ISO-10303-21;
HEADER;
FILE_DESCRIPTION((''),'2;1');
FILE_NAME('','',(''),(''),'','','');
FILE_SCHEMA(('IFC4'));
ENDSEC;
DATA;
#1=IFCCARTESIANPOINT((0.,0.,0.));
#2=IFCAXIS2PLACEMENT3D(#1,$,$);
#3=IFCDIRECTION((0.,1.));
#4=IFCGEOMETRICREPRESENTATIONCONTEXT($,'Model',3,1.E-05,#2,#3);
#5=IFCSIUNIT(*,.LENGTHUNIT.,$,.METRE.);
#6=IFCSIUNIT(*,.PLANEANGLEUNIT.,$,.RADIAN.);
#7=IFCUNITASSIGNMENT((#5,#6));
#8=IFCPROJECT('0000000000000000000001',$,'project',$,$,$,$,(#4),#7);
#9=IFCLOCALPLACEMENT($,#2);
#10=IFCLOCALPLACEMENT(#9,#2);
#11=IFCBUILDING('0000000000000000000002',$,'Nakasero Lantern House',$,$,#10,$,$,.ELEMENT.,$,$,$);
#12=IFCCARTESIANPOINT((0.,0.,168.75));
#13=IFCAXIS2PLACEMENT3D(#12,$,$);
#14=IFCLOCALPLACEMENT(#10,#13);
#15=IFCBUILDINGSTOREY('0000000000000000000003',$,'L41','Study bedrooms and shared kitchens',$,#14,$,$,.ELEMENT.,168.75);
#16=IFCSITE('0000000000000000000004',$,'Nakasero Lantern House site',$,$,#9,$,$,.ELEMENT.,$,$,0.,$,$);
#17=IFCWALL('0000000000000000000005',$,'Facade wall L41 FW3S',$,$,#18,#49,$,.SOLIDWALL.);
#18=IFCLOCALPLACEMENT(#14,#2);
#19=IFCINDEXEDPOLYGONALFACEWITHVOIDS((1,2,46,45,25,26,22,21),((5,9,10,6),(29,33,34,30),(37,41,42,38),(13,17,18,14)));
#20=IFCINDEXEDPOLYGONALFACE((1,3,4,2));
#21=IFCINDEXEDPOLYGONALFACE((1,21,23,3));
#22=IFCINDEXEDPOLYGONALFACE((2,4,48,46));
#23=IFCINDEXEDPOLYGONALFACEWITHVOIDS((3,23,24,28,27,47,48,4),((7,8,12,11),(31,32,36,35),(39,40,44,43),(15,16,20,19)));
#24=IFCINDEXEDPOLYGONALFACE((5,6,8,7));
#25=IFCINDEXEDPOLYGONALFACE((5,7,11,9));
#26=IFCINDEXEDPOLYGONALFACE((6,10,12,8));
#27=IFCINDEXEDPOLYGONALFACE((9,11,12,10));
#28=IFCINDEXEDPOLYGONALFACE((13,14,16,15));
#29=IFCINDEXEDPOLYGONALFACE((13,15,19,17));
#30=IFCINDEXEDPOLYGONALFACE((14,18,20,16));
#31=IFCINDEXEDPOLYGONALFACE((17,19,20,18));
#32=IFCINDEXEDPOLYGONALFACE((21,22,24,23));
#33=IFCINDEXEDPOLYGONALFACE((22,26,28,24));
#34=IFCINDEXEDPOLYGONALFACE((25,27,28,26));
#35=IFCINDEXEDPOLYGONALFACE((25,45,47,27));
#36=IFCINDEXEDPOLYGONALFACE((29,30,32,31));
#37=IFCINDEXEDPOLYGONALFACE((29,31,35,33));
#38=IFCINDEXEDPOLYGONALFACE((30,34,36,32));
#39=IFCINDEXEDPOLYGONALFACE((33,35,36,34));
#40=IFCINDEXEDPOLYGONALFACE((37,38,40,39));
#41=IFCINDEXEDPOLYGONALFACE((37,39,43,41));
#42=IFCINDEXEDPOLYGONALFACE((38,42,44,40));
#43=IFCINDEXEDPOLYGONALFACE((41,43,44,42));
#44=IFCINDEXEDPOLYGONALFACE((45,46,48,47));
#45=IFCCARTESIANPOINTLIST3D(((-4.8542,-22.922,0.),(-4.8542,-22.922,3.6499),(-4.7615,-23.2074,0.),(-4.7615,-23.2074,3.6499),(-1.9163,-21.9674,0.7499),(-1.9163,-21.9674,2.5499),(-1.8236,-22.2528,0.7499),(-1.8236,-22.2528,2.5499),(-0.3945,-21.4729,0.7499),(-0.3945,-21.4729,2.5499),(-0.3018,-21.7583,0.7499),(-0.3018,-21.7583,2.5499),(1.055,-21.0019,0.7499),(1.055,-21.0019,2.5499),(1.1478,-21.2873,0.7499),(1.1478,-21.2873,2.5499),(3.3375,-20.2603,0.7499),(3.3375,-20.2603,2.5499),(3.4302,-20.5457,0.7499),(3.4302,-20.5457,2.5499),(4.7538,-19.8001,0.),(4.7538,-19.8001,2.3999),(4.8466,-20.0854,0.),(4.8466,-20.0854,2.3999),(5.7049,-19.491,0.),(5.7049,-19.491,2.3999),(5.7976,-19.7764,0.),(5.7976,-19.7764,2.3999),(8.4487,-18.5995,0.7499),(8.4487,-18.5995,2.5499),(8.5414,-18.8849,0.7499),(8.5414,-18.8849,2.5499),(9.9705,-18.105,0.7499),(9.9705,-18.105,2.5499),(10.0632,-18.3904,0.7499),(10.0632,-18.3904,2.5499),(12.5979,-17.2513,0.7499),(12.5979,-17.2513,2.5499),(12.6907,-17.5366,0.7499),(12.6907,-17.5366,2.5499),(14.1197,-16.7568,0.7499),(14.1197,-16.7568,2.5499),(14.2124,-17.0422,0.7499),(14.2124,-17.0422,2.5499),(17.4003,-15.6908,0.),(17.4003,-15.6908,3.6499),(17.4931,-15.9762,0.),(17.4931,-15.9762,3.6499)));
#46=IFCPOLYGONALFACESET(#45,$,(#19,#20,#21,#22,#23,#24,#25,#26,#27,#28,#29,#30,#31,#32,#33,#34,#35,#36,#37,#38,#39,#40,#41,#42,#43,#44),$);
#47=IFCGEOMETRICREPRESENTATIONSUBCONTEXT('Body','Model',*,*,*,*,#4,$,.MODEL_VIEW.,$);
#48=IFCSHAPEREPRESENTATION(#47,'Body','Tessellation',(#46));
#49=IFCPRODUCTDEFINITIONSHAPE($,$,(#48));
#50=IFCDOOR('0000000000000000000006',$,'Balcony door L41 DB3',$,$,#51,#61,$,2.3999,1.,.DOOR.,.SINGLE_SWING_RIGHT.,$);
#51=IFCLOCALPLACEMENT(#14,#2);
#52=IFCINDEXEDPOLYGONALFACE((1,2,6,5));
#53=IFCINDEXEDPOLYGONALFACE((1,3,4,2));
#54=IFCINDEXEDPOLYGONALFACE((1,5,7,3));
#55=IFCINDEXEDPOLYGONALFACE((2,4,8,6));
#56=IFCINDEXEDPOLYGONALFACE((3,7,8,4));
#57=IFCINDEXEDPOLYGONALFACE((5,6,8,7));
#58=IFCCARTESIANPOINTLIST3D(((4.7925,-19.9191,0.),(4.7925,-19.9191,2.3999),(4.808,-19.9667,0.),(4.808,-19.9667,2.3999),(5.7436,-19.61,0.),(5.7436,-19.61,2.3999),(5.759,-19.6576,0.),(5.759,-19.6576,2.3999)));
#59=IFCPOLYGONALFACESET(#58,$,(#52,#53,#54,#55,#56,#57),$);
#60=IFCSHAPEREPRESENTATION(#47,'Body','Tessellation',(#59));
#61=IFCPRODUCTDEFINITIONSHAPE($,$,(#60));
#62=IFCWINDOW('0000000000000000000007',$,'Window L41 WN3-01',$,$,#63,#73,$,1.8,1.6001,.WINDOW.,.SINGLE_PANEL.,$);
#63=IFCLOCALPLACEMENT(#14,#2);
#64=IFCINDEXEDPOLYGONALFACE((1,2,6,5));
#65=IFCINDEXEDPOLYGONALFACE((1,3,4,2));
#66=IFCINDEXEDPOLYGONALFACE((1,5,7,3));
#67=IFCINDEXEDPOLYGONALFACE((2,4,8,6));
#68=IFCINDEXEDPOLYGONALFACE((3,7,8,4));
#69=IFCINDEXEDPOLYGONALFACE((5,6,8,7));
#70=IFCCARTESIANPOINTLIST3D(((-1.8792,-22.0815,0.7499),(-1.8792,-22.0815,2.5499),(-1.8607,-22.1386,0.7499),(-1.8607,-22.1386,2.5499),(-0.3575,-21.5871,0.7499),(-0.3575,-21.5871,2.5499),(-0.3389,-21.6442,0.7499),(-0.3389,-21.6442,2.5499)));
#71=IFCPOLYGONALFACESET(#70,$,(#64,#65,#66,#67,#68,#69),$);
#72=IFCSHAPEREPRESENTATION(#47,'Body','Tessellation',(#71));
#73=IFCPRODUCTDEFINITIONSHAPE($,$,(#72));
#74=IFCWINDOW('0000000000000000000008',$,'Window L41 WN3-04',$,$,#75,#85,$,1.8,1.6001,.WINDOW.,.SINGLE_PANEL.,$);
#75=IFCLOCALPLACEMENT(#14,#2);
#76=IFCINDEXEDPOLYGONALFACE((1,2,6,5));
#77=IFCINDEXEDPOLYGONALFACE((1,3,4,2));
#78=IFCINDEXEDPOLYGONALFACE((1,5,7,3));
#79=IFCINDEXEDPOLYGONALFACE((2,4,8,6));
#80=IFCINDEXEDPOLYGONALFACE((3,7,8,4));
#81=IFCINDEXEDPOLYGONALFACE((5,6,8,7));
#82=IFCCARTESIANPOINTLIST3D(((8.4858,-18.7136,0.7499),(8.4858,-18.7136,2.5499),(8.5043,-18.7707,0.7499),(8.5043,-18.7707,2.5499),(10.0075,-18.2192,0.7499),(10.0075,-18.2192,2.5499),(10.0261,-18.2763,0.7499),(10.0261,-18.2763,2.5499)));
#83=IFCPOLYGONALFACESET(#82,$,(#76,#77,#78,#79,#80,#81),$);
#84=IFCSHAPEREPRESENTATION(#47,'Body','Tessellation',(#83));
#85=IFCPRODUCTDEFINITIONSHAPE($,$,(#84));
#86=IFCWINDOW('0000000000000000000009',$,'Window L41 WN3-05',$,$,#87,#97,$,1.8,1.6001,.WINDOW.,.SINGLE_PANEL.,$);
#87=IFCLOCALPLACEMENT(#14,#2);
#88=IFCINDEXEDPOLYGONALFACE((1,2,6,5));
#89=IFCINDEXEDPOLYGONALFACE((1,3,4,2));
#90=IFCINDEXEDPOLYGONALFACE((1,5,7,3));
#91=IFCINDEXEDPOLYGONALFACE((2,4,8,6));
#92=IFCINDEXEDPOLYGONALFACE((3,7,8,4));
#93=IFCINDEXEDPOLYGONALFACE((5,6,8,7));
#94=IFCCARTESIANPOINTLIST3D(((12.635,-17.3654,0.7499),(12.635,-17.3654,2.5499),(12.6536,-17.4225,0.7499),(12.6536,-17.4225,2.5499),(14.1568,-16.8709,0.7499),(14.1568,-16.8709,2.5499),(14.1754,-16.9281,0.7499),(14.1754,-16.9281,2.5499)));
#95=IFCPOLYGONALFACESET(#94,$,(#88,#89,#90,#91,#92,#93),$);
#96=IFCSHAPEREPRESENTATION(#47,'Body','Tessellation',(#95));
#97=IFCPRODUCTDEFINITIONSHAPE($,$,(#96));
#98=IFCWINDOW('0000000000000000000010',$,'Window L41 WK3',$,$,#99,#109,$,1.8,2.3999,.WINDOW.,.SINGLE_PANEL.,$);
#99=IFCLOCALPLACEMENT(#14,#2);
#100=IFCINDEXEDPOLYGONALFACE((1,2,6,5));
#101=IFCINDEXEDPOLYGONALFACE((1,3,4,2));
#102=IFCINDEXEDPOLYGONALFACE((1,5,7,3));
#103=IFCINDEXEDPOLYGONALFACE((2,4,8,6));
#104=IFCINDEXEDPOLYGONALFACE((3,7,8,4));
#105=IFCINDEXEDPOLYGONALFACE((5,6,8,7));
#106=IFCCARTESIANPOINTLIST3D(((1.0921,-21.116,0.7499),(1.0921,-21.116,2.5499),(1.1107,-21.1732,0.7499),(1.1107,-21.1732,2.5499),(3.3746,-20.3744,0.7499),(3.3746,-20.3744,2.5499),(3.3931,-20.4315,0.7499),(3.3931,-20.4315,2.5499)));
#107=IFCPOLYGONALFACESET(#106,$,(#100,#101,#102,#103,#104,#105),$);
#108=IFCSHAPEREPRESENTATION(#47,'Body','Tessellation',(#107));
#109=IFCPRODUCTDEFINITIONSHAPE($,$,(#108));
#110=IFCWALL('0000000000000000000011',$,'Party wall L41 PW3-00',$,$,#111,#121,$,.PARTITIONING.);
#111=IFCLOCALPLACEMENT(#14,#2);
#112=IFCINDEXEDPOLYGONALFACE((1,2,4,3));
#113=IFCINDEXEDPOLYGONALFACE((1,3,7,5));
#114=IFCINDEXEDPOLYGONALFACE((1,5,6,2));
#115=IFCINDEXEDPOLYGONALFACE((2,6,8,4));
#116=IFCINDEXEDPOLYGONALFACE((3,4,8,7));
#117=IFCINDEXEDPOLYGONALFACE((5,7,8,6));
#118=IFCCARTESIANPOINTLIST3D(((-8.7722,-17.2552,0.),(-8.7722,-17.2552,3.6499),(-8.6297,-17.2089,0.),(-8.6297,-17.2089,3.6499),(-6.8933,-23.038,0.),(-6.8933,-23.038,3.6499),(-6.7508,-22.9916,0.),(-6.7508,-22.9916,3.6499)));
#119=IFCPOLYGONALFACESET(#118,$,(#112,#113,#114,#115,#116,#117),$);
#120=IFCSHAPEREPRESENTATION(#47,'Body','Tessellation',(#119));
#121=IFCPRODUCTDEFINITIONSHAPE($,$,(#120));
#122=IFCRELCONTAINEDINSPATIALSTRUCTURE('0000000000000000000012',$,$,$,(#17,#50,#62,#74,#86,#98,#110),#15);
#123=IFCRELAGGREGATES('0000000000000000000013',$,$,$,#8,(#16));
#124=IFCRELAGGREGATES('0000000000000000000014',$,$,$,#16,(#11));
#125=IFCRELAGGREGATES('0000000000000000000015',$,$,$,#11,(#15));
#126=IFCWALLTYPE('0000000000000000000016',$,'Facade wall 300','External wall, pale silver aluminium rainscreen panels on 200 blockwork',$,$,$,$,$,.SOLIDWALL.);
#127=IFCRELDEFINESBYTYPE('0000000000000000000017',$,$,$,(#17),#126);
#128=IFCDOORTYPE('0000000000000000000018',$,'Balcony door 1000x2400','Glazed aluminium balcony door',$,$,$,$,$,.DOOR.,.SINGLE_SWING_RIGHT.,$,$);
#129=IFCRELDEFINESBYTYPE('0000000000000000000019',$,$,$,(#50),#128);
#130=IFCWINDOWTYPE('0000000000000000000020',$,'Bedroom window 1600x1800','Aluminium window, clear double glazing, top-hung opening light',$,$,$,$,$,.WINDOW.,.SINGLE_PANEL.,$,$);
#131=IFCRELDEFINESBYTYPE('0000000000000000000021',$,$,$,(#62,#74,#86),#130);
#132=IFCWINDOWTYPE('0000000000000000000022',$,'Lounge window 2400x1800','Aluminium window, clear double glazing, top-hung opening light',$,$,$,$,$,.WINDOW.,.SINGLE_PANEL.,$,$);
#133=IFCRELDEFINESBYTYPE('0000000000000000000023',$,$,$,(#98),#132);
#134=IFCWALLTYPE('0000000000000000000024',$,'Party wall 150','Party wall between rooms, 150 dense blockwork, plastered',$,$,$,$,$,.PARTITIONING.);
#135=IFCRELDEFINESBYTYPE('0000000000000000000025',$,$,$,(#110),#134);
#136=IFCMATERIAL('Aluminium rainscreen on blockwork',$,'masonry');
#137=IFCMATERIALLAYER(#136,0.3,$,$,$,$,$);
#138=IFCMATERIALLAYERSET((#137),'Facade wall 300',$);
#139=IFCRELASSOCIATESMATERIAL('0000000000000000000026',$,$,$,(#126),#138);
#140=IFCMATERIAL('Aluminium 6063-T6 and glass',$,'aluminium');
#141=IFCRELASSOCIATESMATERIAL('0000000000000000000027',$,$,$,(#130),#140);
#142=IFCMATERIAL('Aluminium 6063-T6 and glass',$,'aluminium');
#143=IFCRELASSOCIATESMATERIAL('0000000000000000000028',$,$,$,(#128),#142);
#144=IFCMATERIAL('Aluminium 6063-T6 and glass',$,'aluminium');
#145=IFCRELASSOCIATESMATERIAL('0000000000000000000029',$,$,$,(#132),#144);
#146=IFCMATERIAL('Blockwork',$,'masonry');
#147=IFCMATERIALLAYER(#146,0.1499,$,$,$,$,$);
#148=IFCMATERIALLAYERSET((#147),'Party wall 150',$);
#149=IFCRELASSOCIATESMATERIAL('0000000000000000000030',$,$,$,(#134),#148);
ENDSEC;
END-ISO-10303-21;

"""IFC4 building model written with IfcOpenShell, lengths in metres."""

from ifc_helpers import new_model, si_unit, direction, frame, frame_2d, origin, place, context, subcontext, project, spatial, rectangle, extrude, material, layer, layer_set, type_object, element, fill, save


model = new_model("IFC4")

# Units and contexts
model_context = context("Model", 3, precision=1e-05, world=origin(), true_north=direction((0.0, 1.0)))
body_context = subcontext(model_context, "Body", "Model", "MODEL_VIEW")
ifc_project = project(units=[si_unit("LENGTHUNIT", "METRE"), si_unit("PLANEANGLEUNIT", "RADIAN")], contexts=[model_context])

# Site, building, storey
site_placement = place(None, origin())
site = spatial("IfcSite", under=ifc_project, at=site_placement, Name="Nakasero Lantern House site", CompositionType="ELEMENT", RefElevation=0.0)
building_placement = place(site_placement, origin())
building = spatial("IfcBuilding", under=site, at=building_placement, Name="Nakasero Lantern House", CompositionType="ELEMENT")
storey_placement = place(building_placement, frame((0.0, 0.0, 168.75)))
storey = spatial("IfcBuildingStorey", under=building, at=storey_placement, Name="L41", Description="Study bedrooms and shared kitchens", CompositionType="ELEMENT", Elevation=168.75)

# Shared definitions
ifc_material_1 = material(Name="Aluminium rainscreen on blockwork", Category="masonry")
ifc_layer_1 = layer(ifc_material_1, 0.3)
ifc_layer_set_1 = layer_set([ifc_layer_1], Name="Facade wall 300")
wall_type_1 = type_object("IfcWallType", Name="Facade wall 300", Description="External wall, pale silver aluminium rainscreen panels on 200 blockwork", PredefinedType="SOLIDWALL", material=ifc_layer_set_1)
ifc_material_2 = material(Name="Aluminium 6063-T6 and glass", Category="aluminium")
window_type_1 = type_object("IfcWindowType", Name="Bedroom window 1600x1800", Description="Aluminium window, clear double glazing, top-hung opening light", PartitioningType="SINGLE_PANEL", PredefinedType="WINDOW", material=ifc_material_2)

# Wall, openings, door, windows
wall_1_placement = place(storey_placement, frame((-4.8079, -23.0647, 0.0), z_axis=(0.0, 0.0, 1.0), x_axis=(0.951054, 0.309026, 0.0)))
wall_1 = element("IfcWall", 1, at=wall_1_placement, inside=storey, type_object=wall_type_1, Name="Facade wall L41 FW3S", PredefinedType="SOLIDWALL", context=body_context, shape_type="SweptSolid", body=[
    extrude(rectangle(XDim=23.3999, YDim=0.3, at=frame_2d((11.7, 0.0))), origin(), (0.0, 0.0, 1.0), 3.6499),
])
opening_1_placement = place(wall_1_placement, frame((3.0891, 0.0, 0.75)))
opening_1 = element("IfcOpeningElement", 2, at=opening_1_placement, cuts=wall_1, PredefinedType="OPENING", context=body_context, shape_type="SweptSolid", body=[
    extrude(rectangle(XDim=1.6001, YDim=1.8, at=frame_2d((0.8, 0.8999))), frame((0.0, 0.1699, 0.0), z_axis=(0.0, -1.0, 0.0), x_axis=(1.0, 0.0, 0.0)), (0.0, 0.0, 1.0), 0.3401),
])
opening_2_placement = place(wall_1_placement, frame((13.9875, 0.0, 0.75)))
opening_2 = element("IfcOpeningElement", 3, at=opening_2_placement, cuts=wall_1, PredefinedType="OPENING", context=body_context, shape_type="SweptSolid", body=[
    extrude(rectangle(XDim=1.6001, YDim=1.8, at=frame_2d((0.8, 0.8999))), frame((0.0, 0.1699, 0.0), z_axis=(0.0, -1.0, 0.0), x_axis=(1.0, 0.0, 0.0)), (0.0, 0.0, 1.0), 0.3401),
])
opening_3_placement = place(wall_1_placement, frame((18.3503, 0.0, 0.75)))
opening_3 = element("IfcOpeningElement", 4, at=opening_3_placement, cuts=wall_1, PredefinedType="OPENING", context=body_context, shape_type="SweptSolid", body=[
    extrude(rectangle(XDim=1.6001, YDim=1.8, at=frame_2d((0.8, 0.8999))), frame((0.0, 0.1699, 0.0), z_axis=(0.0, -1.0, 0.0), x_axis=(1.0, 0.0, 0.0)), (0.0, 0.0, 1.0), 0.3401),
])
opening_4_placement = place(wall_1_placement, frame((6.2134, 0.0, 0.75)))
opening_4 = element("IfcOpeningElement", 5, at=opening_4_placement, cuts=wall_1, PredefinedType="OPENING", context=body_context, shape_type="SweptSolid", body=[
    extrude(rectangle(XDim=2.3999, YDim=1.8, at=frame_2d((1.2, 0.8999))), frame((0.0, 0.1699, 0.0), z_axis=(0.0, -1.0, 0.0), x_axis=(1.0, 0.0, 0.0)), (0.0, 0.0, 1.0), 0.3401),
])
opening_5_placement = place(wall_1_placement, frame((10.1025, 0.0, 0.0)))
opening_5 = element("IfcOpeningElement", 6, at=opening_5_placement, cuts=wall_1, PredefinedType="OPENING", context=body_context, shape_type="SweptSolid", body=[
    extrude(rectangle(XDim=1.0, YDim=2.3999, at=frame_2d((0.5, 1.2))), frame((0.0, 0.1699, 0.0), z_axis=(0.0, -1.0, 0.0), x_axis=(1.0, 0.0, 0.0)), (0.0, 0.0, 1.0), 0.3401),
])
ifc_material_3 = material(Name="Aluminium 6063-T6 and glass", Category="aluminium")
door_type = type_object("IfcDoorType", Name="Balcony door 1000x2400", Description="Glazed aluminium balcony door", OperationType="SINGLE_SWING_RIGHT", PredefinedType="DOOR", material=ifc_material_3)
door_placement = place(opening_5_placement, origin())
door = element("IfcDoor", 7, at=door_placement, inside=storey, type_object=door_type, Name="Balcony door L41 DB3", OperationType="SINGLE_SWING_RIGHT", OverallHeight=2.3999, OverallWidth=1.0, PredefinedType="DOOR", context=body_context, shape_type="SweptSolid", body=[
    extrude(rectangle(XDim=1.0, YDim=2.3999, at=frame_2d((0.5, 1.2))), frame((0.0, 0.0249, 0.0), z_axis=(0.0, -1.0, 0.0), x_axis=(1.0, 0.0, 0.0)), (0.0, 0.0, 1.0), 0.05),
])
fill(opening_5, door)
window_1_placement = place(opening_1_placement, origin())
window_1 = element("IfcWindow", 8, at=window_1_placement, inside=storey, type_object=window_type_1, Name="Window L41 WN3-01", OverallHeight=1.8, OverallWidth=1.6001, PartitioningType="SINGLE_PANEL", PredefinedType="WINDOW", context=body_context, shape_type="SweptSolid", body=[
    extrude(rectangle(XDim=1.6001, YDim=1.8, at=frame_2d((0.8, 0.8999))), frame((0.0, 0.03, 0.0), z_axis=(0.0, -1.0, 0.0), x_axis=(1.0, 0.0, 0.0)), (0.0, 0.0, 1.0), 0.0601),
])
fill(opening_1, window_1)
window_2_placement = place(opening_2_placement, origin())
window_2 = element("IfcWindow", 9, at=window_2_placement, inside=storey, type_object=window_type_1, Name="Window L41 WN3-04", OverallHeight=1.8, OverallWidth=1.6001, PartitioningType="SINGLE_PANEL", PredefinedType="WINDOW", context=body_context, shape_type="SweptSolid", body=[
    extrude(rectangle(XDim=1.6001, YDim=1.8, at=frame_2d((0.8, 0.8999))), frame((0.0, 0.03, 0.0), z_axis=(0.0, -1.0, 0.0), x_axis=(1.0, 0.0, 0.0)), (0.0, 0.0, 1.0), 0.0601),
])
fill(opening_2, window_2)
window_3_placement = place(opening_3_placement, origin())
window_3 = element("IfcWindow", 10, at=window_3_placement, inside=storey, type_object=window_type_1, Name="Window L41 WN3-05", OverallHeight=1.8, OverallWidth=1.6001, PartitioningType="SINGLE_PANEL", PredefinedType="WINDOW", context=body_context, shape_type="SweptSolid", body=[
    extrude(rectangle(XDim=1.6001, YDim=1.8, at=frame_2d((0.8, 0.8999))), frame((0.0, 0.03, 0.0), z_axis=(0.0, -1.0, 0.0), x_axis=(1.0, 0.0, 0.0)), (0.0, 0.0, 1.0), 0.0601),
])
fill(opening_3, window_3)
ifc_material_4 = material(Name="Aluminium 6063-T6 and glass", Category="aluminium")
window_type_2 = type_object("IfcWindowType", Name="Lounge window 2400x1800", Description="Aluminium window, clear double glazing, top-hung opening light", PartitioningType="SINGLE_PANEL", PredefinedType="WINDOW", material=ifc_material_4)
window_4_placement = place(opening_4_placement, origin())
window_4 = element("IfcWindow", 11, at=window_4_placement, inside=storey, type_object=window_type_2, Name="Window L41 WK3", OverallHeight=1.8, OverallWidth=2.3999, PartitioningType="SINGLE_PANEL", PredefinedType="WINDOW", context=body_context, shape_type="SweptSolid", body=[
    extrude(rectangle(XDim=2.3999, YDim=1.8, at=frame_2d((1.2, 0.8999))), frame((0.0, 0.03, 0.0), z_axis=(0.0, -1.0, 0.0), x_axis=(1.0, 0.0, 0.0)), (0.0, 0.0, 1.0), 0.0601),
])
fill(opening_4, window_4)

# Wall
ifc_material_5 = material(Name="Blockwork", Category="masonry")
ifc_layer_2 = layer(ifc_material_5, 0.1499)
ifc_layer_set_2 = layer_set([ifc_layer_2], Name="Party wall 150")
wall_type_2 = type_object("IfcWallType", Name="Party wall 150", Description="Party wall between rooms, 150 dense blockwork, plastered", PredefinedType="PARTITIONING", material=ifc_layer_set_2)
wall_2_placement = place(storey_placement, frame((-8.7009, -17.2322, 0.0), z_axis=(0.0, 0.0, 1.0), x_axis=(0.309015, -0.951057, 0.0)))
element("IfcWall", 12, at=wall_2_placement, inside=storey, type_object=wall_type_2, Name="Party wall L41 PW3-00", PredefinedType="PARTITIONING", context=body_context, shape_type="SweptSolid", body=[
    extrude(rectangle(XDim=6.0803, YDim=0.1499, at=frame_2d((3.04, 0.0))), origin(), (0.0, 0.0, 1.0), 3.6499),
])

save(model, "model.ifc")
